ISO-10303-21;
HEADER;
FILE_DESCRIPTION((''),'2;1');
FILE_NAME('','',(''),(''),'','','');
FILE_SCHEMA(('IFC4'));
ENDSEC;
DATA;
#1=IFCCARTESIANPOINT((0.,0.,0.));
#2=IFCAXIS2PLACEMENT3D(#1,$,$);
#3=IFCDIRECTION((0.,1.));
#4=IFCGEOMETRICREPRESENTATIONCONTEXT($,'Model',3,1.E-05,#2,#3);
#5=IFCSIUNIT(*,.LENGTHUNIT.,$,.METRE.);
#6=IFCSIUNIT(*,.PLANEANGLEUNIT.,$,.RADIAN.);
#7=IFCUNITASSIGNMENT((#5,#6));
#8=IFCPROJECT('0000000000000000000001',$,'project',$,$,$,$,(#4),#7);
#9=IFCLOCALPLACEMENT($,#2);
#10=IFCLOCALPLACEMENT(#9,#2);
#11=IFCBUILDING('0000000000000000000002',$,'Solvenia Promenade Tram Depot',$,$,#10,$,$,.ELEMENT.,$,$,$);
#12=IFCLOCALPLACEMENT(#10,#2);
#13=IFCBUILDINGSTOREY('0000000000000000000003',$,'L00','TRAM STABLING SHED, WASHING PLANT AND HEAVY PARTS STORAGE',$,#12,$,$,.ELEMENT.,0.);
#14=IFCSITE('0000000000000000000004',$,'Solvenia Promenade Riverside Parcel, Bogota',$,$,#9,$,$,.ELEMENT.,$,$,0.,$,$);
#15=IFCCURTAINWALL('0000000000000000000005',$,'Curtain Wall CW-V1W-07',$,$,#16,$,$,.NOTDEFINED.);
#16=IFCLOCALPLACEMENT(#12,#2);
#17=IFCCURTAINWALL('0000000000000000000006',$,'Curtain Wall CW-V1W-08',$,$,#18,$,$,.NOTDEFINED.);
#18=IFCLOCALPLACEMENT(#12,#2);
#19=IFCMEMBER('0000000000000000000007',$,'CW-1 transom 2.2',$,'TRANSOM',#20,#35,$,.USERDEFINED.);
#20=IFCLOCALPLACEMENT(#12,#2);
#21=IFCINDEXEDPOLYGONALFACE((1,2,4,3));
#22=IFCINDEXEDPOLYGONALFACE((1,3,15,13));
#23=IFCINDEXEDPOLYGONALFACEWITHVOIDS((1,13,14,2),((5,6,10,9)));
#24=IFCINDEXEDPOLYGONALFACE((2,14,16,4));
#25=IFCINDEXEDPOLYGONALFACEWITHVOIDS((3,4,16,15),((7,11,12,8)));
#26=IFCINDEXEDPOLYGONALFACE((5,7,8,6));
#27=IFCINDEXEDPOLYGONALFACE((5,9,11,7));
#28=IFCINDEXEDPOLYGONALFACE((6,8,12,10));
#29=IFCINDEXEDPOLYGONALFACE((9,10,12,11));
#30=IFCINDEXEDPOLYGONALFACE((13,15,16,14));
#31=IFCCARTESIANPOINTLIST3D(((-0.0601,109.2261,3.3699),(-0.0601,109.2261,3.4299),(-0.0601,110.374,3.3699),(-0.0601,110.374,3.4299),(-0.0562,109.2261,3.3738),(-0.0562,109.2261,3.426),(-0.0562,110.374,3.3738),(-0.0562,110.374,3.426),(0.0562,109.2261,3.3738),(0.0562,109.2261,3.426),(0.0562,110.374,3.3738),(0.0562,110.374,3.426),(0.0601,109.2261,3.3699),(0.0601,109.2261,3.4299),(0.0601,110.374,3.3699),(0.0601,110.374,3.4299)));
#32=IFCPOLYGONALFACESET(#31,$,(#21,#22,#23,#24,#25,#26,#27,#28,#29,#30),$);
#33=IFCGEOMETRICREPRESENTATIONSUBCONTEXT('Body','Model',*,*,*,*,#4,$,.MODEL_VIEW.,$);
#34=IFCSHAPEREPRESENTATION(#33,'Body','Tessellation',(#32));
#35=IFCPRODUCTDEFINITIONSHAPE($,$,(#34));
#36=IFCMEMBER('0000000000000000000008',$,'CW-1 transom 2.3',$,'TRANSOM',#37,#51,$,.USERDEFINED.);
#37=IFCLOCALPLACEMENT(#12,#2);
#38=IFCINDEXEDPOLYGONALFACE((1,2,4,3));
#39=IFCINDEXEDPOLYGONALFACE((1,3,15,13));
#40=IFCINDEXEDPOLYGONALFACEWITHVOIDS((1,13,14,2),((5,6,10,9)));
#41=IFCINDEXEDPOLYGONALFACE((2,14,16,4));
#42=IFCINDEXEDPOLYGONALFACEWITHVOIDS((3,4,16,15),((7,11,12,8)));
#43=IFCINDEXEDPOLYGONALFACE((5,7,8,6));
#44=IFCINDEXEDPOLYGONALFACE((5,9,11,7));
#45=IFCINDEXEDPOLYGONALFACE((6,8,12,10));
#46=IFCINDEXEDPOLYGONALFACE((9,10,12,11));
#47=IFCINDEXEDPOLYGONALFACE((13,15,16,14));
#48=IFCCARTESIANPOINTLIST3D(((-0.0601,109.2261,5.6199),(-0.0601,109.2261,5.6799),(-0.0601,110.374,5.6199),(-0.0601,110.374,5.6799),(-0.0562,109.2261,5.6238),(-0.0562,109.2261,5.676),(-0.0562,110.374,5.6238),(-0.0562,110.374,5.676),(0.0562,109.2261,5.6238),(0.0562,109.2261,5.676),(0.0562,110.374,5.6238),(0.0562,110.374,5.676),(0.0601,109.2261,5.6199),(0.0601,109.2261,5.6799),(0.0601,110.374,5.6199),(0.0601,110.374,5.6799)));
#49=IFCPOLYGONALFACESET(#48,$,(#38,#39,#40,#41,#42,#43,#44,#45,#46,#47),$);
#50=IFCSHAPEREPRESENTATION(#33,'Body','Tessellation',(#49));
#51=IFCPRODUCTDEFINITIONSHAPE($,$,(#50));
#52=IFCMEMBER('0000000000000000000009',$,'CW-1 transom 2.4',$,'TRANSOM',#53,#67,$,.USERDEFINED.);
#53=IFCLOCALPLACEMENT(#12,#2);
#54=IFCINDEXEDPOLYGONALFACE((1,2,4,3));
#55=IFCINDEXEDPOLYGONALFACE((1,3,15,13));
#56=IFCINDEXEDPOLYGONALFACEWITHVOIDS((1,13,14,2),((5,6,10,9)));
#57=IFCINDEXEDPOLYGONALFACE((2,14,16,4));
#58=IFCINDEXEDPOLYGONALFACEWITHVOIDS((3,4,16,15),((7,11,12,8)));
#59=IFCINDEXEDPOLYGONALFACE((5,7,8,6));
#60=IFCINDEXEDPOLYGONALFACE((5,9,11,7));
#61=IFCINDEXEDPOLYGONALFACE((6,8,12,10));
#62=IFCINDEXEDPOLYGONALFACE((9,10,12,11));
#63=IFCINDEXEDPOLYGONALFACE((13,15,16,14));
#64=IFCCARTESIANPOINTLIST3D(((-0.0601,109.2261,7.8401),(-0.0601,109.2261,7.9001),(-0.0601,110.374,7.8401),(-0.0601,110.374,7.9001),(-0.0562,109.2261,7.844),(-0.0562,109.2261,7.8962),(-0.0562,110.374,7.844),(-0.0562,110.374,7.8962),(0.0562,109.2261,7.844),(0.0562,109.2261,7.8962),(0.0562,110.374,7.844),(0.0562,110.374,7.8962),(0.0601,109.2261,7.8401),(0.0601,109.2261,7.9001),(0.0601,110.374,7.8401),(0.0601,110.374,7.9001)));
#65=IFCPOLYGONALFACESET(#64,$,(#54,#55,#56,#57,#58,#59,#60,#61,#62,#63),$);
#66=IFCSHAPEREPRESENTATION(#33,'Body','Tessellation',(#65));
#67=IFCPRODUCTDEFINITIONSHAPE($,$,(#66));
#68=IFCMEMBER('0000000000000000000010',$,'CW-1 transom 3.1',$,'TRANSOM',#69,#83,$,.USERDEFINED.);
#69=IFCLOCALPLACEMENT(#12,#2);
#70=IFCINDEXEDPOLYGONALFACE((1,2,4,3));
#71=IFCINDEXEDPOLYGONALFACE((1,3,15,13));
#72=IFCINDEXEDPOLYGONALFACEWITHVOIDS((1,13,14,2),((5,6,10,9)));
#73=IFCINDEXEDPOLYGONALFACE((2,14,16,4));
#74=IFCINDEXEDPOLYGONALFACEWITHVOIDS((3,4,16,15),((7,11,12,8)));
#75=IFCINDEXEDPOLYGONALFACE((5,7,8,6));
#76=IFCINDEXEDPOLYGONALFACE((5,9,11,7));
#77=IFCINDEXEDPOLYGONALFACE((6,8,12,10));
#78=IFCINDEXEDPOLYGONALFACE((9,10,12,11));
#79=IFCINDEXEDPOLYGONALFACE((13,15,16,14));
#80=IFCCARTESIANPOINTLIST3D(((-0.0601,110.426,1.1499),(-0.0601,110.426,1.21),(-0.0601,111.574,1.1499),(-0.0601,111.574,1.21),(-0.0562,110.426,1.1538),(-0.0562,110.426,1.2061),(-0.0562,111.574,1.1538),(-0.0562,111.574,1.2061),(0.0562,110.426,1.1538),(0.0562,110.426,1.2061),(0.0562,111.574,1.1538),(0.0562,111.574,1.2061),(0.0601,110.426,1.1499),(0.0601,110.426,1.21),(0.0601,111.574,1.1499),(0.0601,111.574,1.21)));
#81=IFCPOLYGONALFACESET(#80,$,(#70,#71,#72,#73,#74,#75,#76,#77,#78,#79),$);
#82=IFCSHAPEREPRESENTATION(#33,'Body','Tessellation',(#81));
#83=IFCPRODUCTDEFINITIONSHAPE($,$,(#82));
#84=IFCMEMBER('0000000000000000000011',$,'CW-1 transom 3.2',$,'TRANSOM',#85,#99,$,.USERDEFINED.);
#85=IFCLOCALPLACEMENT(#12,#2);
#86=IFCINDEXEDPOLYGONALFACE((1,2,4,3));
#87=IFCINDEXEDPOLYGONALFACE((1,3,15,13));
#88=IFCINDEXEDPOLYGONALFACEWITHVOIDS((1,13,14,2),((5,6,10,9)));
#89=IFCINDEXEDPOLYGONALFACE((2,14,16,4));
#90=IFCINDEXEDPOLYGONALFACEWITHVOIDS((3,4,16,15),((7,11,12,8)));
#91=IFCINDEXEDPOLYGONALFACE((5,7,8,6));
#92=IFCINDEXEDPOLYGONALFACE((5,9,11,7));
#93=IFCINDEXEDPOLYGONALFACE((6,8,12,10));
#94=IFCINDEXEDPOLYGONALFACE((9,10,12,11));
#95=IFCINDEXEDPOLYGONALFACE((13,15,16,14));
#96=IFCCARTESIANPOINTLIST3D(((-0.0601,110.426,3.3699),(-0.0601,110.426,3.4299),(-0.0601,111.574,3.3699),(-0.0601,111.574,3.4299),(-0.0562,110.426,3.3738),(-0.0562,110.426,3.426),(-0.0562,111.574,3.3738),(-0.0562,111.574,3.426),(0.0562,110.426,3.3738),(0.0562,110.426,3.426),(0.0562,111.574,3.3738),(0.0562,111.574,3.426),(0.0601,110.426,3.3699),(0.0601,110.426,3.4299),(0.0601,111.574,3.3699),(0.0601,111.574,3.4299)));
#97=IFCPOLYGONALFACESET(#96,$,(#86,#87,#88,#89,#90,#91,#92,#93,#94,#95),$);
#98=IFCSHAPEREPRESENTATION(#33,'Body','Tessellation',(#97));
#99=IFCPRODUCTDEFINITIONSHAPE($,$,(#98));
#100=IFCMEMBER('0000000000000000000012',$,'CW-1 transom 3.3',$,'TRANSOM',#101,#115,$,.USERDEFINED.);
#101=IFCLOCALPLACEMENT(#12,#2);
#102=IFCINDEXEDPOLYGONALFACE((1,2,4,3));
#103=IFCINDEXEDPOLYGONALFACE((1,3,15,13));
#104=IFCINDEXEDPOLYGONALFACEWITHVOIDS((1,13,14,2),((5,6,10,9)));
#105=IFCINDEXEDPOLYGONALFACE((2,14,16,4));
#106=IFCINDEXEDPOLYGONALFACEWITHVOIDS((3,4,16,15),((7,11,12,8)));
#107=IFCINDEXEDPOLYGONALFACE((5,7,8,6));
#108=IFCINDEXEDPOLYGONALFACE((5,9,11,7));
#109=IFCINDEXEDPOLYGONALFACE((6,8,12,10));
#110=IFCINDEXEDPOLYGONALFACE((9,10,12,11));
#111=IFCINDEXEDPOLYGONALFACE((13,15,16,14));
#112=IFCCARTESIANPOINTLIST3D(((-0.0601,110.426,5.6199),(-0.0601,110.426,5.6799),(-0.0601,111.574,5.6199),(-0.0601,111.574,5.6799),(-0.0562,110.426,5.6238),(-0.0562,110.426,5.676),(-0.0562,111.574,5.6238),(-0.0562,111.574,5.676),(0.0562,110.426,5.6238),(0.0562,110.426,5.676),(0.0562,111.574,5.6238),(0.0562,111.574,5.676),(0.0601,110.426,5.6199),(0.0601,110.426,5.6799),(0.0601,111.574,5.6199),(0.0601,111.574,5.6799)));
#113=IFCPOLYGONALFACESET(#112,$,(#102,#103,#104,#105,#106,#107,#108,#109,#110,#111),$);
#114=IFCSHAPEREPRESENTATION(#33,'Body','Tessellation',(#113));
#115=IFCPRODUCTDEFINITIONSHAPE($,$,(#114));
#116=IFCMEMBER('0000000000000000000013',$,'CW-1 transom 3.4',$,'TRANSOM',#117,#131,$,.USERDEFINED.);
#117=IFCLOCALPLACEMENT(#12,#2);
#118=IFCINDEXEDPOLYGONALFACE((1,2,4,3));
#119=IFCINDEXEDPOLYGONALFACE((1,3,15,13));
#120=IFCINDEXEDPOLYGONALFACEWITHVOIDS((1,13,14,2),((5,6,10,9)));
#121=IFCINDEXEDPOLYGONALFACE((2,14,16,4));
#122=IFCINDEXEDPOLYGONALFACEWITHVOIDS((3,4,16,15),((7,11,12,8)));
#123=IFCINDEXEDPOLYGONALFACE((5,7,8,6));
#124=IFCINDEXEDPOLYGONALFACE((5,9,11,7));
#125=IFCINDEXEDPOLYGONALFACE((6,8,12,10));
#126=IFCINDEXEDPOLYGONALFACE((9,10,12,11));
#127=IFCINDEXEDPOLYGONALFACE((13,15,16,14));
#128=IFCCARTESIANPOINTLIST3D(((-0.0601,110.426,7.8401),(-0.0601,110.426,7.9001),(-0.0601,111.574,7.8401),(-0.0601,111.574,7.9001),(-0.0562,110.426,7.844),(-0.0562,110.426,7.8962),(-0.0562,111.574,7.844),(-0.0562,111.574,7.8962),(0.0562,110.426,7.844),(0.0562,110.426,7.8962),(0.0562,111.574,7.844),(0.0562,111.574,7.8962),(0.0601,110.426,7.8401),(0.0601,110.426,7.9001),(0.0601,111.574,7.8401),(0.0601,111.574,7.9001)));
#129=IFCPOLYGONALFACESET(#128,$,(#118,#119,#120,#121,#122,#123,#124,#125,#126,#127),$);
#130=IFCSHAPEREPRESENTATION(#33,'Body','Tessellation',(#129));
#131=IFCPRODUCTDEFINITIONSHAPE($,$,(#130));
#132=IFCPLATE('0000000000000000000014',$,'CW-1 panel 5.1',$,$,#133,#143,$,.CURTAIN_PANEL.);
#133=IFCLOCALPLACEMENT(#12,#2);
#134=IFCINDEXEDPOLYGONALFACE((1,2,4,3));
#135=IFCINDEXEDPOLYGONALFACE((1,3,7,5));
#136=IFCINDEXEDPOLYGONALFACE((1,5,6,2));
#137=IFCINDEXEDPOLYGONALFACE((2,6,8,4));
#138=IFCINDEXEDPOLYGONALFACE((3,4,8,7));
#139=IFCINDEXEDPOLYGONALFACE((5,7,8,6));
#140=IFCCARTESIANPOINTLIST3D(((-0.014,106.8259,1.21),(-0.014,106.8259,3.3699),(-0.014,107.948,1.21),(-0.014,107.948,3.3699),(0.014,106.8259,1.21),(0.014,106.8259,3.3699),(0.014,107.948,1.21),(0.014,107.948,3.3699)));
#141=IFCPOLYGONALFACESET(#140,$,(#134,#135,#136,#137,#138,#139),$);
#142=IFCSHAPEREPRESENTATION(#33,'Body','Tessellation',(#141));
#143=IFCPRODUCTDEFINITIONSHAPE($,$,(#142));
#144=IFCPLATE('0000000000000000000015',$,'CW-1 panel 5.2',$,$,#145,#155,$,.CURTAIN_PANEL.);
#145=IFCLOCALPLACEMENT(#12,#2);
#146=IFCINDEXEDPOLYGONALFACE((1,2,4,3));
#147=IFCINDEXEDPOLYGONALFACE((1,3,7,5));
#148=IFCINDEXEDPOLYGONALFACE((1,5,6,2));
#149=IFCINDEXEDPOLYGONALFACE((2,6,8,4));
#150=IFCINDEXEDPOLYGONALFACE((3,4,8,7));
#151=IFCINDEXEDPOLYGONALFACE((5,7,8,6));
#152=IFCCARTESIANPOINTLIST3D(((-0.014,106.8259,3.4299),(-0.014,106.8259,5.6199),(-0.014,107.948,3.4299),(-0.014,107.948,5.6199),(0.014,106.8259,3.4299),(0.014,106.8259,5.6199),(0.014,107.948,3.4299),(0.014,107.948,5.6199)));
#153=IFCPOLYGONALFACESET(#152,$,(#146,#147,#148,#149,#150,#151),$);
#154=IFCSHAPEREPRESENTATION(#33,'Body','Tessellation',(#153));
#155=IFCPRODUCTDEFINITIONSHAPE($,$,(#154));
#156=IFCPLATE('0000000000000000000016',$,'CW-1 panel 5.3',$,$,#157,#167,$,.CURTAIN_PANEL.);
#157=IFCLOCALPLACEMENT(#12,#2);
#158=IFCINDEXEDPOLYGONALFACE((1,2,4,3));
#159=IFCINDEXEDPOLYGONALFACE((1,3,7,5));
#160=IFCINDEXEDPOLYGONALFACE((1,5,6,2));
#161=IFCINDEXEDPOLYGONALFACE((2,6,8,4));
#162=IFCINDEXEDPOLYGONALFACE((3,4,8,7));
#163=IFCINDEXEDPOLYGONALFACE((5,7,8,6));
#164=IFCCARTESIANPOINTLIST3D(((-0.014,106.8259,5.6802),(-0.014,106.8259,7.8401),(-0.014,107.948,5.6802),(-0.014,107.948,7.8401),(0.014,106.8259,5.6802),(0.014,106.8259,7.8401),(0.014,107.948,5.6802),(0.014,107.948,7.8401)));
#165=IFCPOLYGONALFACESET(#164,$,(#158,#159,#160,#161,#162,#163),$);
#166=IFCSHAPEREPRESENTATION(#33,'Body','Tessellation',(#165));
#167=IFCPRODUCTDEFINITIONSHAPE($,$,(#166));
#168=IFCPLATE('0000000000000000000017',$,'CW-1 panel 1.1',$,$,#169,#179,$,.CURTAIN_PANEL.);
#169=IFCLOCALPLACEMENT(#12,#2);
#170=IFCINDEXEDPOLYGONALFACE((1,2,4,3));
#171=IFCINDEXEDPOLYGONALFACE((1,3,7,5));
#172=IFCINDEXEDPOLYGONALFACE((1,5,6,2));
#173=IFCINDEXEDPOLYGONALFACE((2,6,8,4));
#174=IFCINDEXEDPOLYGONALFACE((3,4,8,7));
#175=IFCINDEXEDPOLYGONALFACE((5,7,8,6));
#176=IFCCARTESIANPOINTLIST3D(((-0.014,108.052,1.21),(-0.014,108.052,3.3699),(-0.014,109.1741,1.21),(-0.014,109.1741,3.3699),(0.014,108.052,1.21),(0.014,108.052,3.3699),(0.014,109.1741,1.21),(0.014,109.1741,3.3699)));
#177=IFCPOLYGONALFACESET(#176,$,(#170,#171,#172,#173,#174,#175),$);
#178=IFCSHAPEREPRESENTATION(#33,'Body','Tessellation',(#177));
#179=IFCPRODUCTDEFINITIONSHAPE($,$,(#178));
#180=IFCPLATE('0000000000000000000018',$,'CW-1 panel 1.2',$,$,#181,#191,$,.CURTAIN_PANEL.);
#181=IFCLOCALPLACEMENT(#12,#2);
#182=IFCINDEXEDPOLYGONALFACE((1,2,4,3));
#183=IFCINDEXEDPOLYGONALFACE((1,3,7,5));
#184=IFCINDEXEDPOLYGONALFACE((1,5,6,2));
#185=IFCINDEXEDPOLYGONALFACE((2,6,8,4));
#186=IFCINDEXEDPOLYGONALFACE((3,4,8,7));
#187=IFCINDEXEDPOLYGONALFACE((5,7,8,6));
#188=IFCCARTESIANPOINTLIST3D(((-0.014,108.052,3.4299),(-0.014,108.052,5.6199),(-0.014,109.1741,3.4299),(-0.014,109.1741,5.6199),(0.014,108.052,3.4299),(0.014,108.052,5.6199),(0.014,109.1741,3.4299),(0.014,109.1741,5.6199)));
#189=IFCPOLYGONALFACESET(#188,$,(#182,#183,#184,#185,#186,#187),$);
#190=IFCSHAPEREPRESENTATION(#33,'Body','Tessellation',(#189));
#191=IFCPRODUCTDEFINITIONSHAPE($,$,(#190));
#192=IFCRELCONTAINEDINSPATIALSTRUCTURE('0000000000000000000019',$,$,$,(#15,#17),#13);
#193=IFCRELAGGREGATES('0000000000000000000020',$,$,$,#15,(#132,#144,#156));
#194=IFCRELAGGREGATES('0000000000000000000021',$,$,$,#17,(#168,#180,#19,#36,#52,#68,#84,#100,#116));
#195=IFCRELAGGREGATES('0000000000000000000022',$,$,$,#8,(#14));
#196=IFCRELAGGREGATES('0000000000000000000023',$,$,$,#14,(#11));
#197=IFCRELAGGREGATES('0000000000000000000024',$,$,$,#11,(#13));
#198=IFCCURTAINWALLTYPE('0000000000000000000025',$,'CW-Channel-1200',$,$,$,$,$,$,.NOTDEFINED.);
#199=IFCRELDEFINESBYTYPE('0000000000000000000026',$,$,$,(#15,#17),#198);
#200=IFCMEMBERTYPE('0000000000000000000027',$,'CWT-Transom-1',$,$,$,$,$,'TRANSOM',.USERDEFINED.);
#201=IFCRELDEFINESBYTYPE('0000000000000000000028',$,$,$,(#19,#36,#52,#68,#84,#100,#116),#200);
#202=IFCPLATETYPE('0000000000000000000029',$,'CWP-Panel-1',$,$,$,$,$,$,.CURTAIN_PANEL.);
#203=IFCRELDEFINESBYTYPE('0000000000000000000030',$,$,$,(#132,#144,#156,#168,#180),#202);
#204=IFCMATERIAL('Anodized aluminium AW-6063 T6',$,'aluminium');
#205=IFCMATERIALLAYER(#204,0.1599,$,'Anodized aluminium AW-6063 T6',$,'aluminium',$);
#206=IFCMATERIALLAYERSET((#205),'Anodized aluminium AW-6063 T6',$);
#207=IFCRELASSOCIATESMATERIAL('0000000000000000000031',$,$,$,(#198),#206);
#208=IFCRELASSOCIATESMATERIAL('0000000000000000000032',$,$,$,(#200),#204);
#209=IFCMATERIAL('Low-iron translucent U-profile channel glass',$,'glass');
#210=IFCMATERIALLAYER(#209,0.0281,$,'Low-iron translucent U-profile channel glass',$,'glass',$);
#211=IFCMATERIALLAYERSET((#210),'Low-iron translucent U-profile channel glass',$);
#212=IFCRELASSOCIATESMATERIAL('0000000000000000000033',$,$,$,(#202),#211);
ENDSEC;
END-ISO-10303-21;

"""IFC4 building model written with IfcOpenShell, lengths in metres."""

from ifc_helpers import new_model, si_unit, direction, frame, origin, origin_2d, place, context, subcontext, project, spatial, rectangle, hollow_rectangle, extrude, material, layer, layer_set, material_profile, profile_set, type_object, element, aggregate, save


model = new_model("IFC4")

# Units and contexts
model_context = context("Model", 3, precision=1e-05, world=origin(), true_north=direction((0.0, 1.0)))
body_context = subcontext(model_context, "Body", "Model", "MODEL_VIEW")
ifc_project = project(units=[si_unit("LENGTHUNIT", "METRE"), si_unit("PLANEANGLEUNIT", "RADIAN")], contexts=[model_context])

# Site, building, storey
site_placement = place(None, origin())
site = spatial("IfcSite", under=ifc_project, at=site_placement, Name="Solvenia Promenade Riverside Parcel, Bogota", CompositionType="ELEMENT", RefElevation=0.0)
building_placement = place(site_placement, origin())
building = spatial("IfcBuilding", under=site, at=building_placement, Name="Solvenia Promenade Tram Depot", CompositionType="ELEMENT")
storey_placement = place(building_placement, origin())
storey = spatial("IfcBuildingStorey", under=building, at=storey_placement, Name="L00", Description="TRAM STABLING SHED, WASHING PLANT AND HEAVY PARTS STORAGE", CompositionType="ELEMENT", Elevation=0.0)

# Curtain wall
ifc_material_1 = material(Name="Anodized aluminium AW-6063 T6", Category="aluminium")
ifc_layer_1 = layer(ifc_material_1, 0.1599, Name="Anodized aluminium AW-6063 T6", Category="aluminium")
ifc_layer_set_1 = layer_set([ifc_layer_1], Name="Anodized aluminium AW-6063 T6")
curtain_wall_type = type_object("IfcCurtainWallType", Name="CW-Channel-1200", PredefinedType="NOTDEFINED", material=ifc_layer_set_1)
curtain_wall_1_placement = place(storey_placement, origin())
curtain_wall_1 = element("IfcCurtainWall", 1, at=curtain_wall_1_placement, inside=storey, type_object=curtain_wall_type, Name="Curtain Wall CW-V1W-07", PredefinedType="NOTDEFINED")

# Curtain wall
curtain_wall_2_placement = place(storey_placement, origin())
curtain_wall_2 = element("IfcCurtainWall", 2, at=curtain_wall_2_placement, inside=storey, type_object=curtain_wall_type, Name="Curtain Wall CW-V1W-08", PredefinedType="NOTDEFINED")

# Members
ifc_material_profile_1 = material_profile(ifc_material_1, hollow_rectangle(XDim=0.1201, YDim=0.0601, WallThickness=0.0039, at=origin_2d()), Name="ALU-T1", Category="aluminium")
ifc_profile_set_1 = profile_set([ifc_material_profile_1], Name="Anodized aluminium AW-6063 T6")
member_type_1 = type_object("IfcMemberType", Name="CWT-Transom-1", ElementType="TRANSOM", PredefinedType="USERDEFINED", material=ifc_profile_set_1)
member_1_placement = place(storey_placement, frame((0.0, 109.2261, 3.3999), z_axis=(0.0, 1.0, 0.0), x_axis=(-1.0, 0.0, 0.0)))
member_1 = element("IfcMember", 3, at=member_1_placement, type_object=member_type_1, Name="CW-1 transom 2.2", ObjectType="TRANSOM", PredefinedType="USERDEFINED", context=body_context, shape_type="SweptSolid", body=[
    extrude(hollow_rectangle(XDim=0.1201, YDim=0.0601, WallThickness=0.0039, at=origin_2d()), origin(), (0.0, 0.0, 1.0), 1.1479),
])
member_2_placement = place(storey_placement, frame((0.0, 109.2261, 5.6499), z_axis=(0.0, 1.0, 0.0), x_axis=(-1.0, 0.0, 0.0)))
member_2 = element("IfcMember", 4, at=member_2_placement, type_object=member_type_1, Name="CW-1 transom 2.3", ObjectType="TRANSOM", PredefinedType="USERDEFINED", context=body_context, shape_type="SweptSolid", body=[
    extrude(hollow_rectangle(XDim=0.1201, YDim=0.0601, WallThickness=0.0039, at=origin_2d()), origin(), (0.0, 0.0, 1.0), 1.1479),
])
member_3_placement = place(storey_placement, frame((0.0, 109.2261, 7.8701), z_axis=(0.0, 1.0, 0.0), x_axis=(-1.0, 0.0, 0.0)))
member_3 = element("IfcMember", 5, at=member_3_placement, type_object=member_type_1, Name="CW-1 transom 2.4", ObjectType="TRANSOM", PredefinedType="USERDEFINED", context=body_context, shape_type="SweptSolid", body=[
    extrude(hollow_rectangle(XDim=0.1201, YDim=0.0601, WallThickness=0.0039, at=origin_2d()), origin(), (0.0, 0.0, 1.0), 1.1479),
])
member_4_placement = place(storey_placement, frame((0.0, 110.426, 1.1799), z_axis=(0.0, 1.0, 0.0), x_axis=(-1.0, 0.0, 0.0)))
member_4 = element("IfcMember", 6, at=member_4_placement, type_object=member_type_1, Name="CW-1 transom 3.1", ObjectType="TRANSOM", PredefinedType="USERDEFINED", context=body_context, shape_type="SweptSolid", body=[
    extrude(hollow_rectangle(XDim=0.1201, YDim=0.0601, WallThickness=0.0039, at=origin_2d()), origin(), (0.0, 0.0, 1.0), 1.1479),
])
member_5_placement = place(storey_placement, frame((0.0, 110.426, 3.3999), z_axis=(0.0, 1.0, 0.0), x_axis=(-1.0, 0.0, 0.0)))
member_5 = element("IfcMember", 7, at=member_5_placement, type_object=member_type_1, Name="CW-1 transom 3.2", ObjectType="TRANSOM", PredefinedType="USERDEFINED", context=body_context, shape_type="SweptSolid", body=[
    extrude(hollow_rectangle(XDim=0.1201, YDim=0.0601, WallThickness=0.0039, at=origin_2d()), origin(), (0.0, 0.0, 1.0), 1.1479),
])
member_6_placement = place(storey_placement, frame((0.0, 110.426, 5.6499), z_axis=(0.0, 1.0, 0.0), x_axis=(-1.0, 0.0, 0.0)))
member_6 = element("IfcMember", 8, at=member_6_placement, type_object=member_type_1, Name="CW-1 transom 3.3", ObjectType="TRANSOM", PredefinedType="USERDEFINED", context=body_context, shape_type="SweptSolid", body=[
    extrude(hollow_rectangle(XDim=0.1201, YDim=0.0601, WallThickness=0.0039, at=origin_2d()), origin(), (0.0, 0.0, 1.0), 1.1479),
])
member_7_placement = place(storey_placement, frame((0.0, 110.426, 7.8701), z_axis=(0.0, 1.0, 0.0), x_axis=(-1.0, 0.0, 0.0)))
member_7 = element("IfcMember", 9, at=member_7_placement, type_object=member_type_1, Name="CW-1 transom 3.4", ObjectType="TRANSOM", PredefinedType="USERDEFINED", context=body_context, shape_type="SweptSolid", body=[
    extrude(hollow_rectangle(XDim=0.1201, YDim=0.0601, WallThickness=0.0039, at=origin_2d()), origin(), (0.0, 0.0, 1.0), 1.1479),
])

# Plates
ifc_material_2 = material(Name="Low-iron translucent U-profile channel glass", Category="glass")
ifc_layer_2 = layer(ifc_material_2, 0.0281, Name="Low-iron translucent U-profile channel glass", Category="glass")
ifc_layer_set_2 = layer_set([ifc_layer_2], Name="Low-iron translucent U-profile channel glass")
plate_type = type_object("IfcPlateType", Name="CWP-Panel-1", PredefinedType="CURTAIN_PANEL", material=ifc_layer_set_2)
plate_1_placement = place(storey_placement, frame((0.0, 107.387, 1.21), z_axis=(0.0, 0.0, 1.0), x_axis=(0.0, 1.0, 0.0)))
plate_1 = element("IfcPlate", 10, at=plate_1_placement, type_object=plate_type, Name="CW-1 panel 5.1", PredefinedType="CURTAIN_PANEL", context=body_context, shape_type="SweptSolid", body=[
    extrude(rectangle(XDim=1.1221, YDim=0.0281, at=origin_2d()), origin(), (0.0, 0.0, 1.0), 2.1599),
])
plate_2_placement = place(storey_placement, frame((0.0, 107.387, 3.4299), z_axis=(0.0, 0.0, 1.0), x_axis=(0.0, 1.0, 0.0)))
plate_2 = element("IfcPlate", 11, at=plate_2_placement, type_object=plate_type, Name="CW-1 panel 5.2", PredefinedType="CURTAIN_PANEL", context=body_context, shape_type="SweptSolid", body=[
    extrude(rectangle(XDim=1.1221, YDim=0.0281, at=origin_2d()), origin(), (0.0, 0.0, 1.0), 2.1899),
])
plate_3_placement = place(storey_placement, frame((0.0, 107.387, 5.6802), z_axis=(0.0, 0.0, 1.0), x_axis=(0.0, 1.0, 0.0)))
plate_3 = element("IfcPlate", 12, at=plate_3_placement, type_object=plate_type, Name="CW-1 panel 5.3", PredefinedType="CURTAIN_PANEL", context=body_context, shape_type="SweptSolid", body=[
    extrude(rectangle(XDim=1.1221, YDim=0.0281, at=origin_2d()), origin(), (0.0, 0.0, 1.0), 2.1599),
])
aggregate(curtain_wall_1, [plate_1, plate_2, plate_3])
plate_4_placement = place(storey_placement, frame((0.0, 108.613, 1.21), z_axis=(0.0, 0.0, 1.0), x_axis=(0.0, 1.0, 0.0)))
plate_4 = element("IfcPlate", 13, at=plate_4_placement, type_object=plate_type, Name="CW-1 panel 1.1", PredefinedType="CURTAIN_PANEL", context=body_context, shape_type="SweptSolid", body=[
    extrude(rectangle(XDim=1.1221, YDim=0.0281, at=origin_2d()), origin(), (0.0, 0.0, 1.0), 2.1599),
])
plate_5_placement = place(storey_placement, frame((0.0, 108.613, 3.4299), z_axis=(0.0, 0.0, 1.0), x_axis=(0.0, 1.0, 0.0)))
plate_5 = element("IfcPlate", 14, at=plate_5_placement, type_object=plate_type, Name="CW-1 panel 1.2", PredefinedType="CURTAIN_PANEL", context=body_context, shape_type="SweptSolid", body=[
    extrude(rectangle(XDim=1.1221, YDim=0.0281, at=origin_2d()), origin(), (0.0, 0.0, 1.0), 2.1899),
])
aggregate(curtain_wall_2, [plate_4, plate_5, member_1, member_2, member_3, member_4, member_5, member_6, member_7])

save(model, "model.ifc")
